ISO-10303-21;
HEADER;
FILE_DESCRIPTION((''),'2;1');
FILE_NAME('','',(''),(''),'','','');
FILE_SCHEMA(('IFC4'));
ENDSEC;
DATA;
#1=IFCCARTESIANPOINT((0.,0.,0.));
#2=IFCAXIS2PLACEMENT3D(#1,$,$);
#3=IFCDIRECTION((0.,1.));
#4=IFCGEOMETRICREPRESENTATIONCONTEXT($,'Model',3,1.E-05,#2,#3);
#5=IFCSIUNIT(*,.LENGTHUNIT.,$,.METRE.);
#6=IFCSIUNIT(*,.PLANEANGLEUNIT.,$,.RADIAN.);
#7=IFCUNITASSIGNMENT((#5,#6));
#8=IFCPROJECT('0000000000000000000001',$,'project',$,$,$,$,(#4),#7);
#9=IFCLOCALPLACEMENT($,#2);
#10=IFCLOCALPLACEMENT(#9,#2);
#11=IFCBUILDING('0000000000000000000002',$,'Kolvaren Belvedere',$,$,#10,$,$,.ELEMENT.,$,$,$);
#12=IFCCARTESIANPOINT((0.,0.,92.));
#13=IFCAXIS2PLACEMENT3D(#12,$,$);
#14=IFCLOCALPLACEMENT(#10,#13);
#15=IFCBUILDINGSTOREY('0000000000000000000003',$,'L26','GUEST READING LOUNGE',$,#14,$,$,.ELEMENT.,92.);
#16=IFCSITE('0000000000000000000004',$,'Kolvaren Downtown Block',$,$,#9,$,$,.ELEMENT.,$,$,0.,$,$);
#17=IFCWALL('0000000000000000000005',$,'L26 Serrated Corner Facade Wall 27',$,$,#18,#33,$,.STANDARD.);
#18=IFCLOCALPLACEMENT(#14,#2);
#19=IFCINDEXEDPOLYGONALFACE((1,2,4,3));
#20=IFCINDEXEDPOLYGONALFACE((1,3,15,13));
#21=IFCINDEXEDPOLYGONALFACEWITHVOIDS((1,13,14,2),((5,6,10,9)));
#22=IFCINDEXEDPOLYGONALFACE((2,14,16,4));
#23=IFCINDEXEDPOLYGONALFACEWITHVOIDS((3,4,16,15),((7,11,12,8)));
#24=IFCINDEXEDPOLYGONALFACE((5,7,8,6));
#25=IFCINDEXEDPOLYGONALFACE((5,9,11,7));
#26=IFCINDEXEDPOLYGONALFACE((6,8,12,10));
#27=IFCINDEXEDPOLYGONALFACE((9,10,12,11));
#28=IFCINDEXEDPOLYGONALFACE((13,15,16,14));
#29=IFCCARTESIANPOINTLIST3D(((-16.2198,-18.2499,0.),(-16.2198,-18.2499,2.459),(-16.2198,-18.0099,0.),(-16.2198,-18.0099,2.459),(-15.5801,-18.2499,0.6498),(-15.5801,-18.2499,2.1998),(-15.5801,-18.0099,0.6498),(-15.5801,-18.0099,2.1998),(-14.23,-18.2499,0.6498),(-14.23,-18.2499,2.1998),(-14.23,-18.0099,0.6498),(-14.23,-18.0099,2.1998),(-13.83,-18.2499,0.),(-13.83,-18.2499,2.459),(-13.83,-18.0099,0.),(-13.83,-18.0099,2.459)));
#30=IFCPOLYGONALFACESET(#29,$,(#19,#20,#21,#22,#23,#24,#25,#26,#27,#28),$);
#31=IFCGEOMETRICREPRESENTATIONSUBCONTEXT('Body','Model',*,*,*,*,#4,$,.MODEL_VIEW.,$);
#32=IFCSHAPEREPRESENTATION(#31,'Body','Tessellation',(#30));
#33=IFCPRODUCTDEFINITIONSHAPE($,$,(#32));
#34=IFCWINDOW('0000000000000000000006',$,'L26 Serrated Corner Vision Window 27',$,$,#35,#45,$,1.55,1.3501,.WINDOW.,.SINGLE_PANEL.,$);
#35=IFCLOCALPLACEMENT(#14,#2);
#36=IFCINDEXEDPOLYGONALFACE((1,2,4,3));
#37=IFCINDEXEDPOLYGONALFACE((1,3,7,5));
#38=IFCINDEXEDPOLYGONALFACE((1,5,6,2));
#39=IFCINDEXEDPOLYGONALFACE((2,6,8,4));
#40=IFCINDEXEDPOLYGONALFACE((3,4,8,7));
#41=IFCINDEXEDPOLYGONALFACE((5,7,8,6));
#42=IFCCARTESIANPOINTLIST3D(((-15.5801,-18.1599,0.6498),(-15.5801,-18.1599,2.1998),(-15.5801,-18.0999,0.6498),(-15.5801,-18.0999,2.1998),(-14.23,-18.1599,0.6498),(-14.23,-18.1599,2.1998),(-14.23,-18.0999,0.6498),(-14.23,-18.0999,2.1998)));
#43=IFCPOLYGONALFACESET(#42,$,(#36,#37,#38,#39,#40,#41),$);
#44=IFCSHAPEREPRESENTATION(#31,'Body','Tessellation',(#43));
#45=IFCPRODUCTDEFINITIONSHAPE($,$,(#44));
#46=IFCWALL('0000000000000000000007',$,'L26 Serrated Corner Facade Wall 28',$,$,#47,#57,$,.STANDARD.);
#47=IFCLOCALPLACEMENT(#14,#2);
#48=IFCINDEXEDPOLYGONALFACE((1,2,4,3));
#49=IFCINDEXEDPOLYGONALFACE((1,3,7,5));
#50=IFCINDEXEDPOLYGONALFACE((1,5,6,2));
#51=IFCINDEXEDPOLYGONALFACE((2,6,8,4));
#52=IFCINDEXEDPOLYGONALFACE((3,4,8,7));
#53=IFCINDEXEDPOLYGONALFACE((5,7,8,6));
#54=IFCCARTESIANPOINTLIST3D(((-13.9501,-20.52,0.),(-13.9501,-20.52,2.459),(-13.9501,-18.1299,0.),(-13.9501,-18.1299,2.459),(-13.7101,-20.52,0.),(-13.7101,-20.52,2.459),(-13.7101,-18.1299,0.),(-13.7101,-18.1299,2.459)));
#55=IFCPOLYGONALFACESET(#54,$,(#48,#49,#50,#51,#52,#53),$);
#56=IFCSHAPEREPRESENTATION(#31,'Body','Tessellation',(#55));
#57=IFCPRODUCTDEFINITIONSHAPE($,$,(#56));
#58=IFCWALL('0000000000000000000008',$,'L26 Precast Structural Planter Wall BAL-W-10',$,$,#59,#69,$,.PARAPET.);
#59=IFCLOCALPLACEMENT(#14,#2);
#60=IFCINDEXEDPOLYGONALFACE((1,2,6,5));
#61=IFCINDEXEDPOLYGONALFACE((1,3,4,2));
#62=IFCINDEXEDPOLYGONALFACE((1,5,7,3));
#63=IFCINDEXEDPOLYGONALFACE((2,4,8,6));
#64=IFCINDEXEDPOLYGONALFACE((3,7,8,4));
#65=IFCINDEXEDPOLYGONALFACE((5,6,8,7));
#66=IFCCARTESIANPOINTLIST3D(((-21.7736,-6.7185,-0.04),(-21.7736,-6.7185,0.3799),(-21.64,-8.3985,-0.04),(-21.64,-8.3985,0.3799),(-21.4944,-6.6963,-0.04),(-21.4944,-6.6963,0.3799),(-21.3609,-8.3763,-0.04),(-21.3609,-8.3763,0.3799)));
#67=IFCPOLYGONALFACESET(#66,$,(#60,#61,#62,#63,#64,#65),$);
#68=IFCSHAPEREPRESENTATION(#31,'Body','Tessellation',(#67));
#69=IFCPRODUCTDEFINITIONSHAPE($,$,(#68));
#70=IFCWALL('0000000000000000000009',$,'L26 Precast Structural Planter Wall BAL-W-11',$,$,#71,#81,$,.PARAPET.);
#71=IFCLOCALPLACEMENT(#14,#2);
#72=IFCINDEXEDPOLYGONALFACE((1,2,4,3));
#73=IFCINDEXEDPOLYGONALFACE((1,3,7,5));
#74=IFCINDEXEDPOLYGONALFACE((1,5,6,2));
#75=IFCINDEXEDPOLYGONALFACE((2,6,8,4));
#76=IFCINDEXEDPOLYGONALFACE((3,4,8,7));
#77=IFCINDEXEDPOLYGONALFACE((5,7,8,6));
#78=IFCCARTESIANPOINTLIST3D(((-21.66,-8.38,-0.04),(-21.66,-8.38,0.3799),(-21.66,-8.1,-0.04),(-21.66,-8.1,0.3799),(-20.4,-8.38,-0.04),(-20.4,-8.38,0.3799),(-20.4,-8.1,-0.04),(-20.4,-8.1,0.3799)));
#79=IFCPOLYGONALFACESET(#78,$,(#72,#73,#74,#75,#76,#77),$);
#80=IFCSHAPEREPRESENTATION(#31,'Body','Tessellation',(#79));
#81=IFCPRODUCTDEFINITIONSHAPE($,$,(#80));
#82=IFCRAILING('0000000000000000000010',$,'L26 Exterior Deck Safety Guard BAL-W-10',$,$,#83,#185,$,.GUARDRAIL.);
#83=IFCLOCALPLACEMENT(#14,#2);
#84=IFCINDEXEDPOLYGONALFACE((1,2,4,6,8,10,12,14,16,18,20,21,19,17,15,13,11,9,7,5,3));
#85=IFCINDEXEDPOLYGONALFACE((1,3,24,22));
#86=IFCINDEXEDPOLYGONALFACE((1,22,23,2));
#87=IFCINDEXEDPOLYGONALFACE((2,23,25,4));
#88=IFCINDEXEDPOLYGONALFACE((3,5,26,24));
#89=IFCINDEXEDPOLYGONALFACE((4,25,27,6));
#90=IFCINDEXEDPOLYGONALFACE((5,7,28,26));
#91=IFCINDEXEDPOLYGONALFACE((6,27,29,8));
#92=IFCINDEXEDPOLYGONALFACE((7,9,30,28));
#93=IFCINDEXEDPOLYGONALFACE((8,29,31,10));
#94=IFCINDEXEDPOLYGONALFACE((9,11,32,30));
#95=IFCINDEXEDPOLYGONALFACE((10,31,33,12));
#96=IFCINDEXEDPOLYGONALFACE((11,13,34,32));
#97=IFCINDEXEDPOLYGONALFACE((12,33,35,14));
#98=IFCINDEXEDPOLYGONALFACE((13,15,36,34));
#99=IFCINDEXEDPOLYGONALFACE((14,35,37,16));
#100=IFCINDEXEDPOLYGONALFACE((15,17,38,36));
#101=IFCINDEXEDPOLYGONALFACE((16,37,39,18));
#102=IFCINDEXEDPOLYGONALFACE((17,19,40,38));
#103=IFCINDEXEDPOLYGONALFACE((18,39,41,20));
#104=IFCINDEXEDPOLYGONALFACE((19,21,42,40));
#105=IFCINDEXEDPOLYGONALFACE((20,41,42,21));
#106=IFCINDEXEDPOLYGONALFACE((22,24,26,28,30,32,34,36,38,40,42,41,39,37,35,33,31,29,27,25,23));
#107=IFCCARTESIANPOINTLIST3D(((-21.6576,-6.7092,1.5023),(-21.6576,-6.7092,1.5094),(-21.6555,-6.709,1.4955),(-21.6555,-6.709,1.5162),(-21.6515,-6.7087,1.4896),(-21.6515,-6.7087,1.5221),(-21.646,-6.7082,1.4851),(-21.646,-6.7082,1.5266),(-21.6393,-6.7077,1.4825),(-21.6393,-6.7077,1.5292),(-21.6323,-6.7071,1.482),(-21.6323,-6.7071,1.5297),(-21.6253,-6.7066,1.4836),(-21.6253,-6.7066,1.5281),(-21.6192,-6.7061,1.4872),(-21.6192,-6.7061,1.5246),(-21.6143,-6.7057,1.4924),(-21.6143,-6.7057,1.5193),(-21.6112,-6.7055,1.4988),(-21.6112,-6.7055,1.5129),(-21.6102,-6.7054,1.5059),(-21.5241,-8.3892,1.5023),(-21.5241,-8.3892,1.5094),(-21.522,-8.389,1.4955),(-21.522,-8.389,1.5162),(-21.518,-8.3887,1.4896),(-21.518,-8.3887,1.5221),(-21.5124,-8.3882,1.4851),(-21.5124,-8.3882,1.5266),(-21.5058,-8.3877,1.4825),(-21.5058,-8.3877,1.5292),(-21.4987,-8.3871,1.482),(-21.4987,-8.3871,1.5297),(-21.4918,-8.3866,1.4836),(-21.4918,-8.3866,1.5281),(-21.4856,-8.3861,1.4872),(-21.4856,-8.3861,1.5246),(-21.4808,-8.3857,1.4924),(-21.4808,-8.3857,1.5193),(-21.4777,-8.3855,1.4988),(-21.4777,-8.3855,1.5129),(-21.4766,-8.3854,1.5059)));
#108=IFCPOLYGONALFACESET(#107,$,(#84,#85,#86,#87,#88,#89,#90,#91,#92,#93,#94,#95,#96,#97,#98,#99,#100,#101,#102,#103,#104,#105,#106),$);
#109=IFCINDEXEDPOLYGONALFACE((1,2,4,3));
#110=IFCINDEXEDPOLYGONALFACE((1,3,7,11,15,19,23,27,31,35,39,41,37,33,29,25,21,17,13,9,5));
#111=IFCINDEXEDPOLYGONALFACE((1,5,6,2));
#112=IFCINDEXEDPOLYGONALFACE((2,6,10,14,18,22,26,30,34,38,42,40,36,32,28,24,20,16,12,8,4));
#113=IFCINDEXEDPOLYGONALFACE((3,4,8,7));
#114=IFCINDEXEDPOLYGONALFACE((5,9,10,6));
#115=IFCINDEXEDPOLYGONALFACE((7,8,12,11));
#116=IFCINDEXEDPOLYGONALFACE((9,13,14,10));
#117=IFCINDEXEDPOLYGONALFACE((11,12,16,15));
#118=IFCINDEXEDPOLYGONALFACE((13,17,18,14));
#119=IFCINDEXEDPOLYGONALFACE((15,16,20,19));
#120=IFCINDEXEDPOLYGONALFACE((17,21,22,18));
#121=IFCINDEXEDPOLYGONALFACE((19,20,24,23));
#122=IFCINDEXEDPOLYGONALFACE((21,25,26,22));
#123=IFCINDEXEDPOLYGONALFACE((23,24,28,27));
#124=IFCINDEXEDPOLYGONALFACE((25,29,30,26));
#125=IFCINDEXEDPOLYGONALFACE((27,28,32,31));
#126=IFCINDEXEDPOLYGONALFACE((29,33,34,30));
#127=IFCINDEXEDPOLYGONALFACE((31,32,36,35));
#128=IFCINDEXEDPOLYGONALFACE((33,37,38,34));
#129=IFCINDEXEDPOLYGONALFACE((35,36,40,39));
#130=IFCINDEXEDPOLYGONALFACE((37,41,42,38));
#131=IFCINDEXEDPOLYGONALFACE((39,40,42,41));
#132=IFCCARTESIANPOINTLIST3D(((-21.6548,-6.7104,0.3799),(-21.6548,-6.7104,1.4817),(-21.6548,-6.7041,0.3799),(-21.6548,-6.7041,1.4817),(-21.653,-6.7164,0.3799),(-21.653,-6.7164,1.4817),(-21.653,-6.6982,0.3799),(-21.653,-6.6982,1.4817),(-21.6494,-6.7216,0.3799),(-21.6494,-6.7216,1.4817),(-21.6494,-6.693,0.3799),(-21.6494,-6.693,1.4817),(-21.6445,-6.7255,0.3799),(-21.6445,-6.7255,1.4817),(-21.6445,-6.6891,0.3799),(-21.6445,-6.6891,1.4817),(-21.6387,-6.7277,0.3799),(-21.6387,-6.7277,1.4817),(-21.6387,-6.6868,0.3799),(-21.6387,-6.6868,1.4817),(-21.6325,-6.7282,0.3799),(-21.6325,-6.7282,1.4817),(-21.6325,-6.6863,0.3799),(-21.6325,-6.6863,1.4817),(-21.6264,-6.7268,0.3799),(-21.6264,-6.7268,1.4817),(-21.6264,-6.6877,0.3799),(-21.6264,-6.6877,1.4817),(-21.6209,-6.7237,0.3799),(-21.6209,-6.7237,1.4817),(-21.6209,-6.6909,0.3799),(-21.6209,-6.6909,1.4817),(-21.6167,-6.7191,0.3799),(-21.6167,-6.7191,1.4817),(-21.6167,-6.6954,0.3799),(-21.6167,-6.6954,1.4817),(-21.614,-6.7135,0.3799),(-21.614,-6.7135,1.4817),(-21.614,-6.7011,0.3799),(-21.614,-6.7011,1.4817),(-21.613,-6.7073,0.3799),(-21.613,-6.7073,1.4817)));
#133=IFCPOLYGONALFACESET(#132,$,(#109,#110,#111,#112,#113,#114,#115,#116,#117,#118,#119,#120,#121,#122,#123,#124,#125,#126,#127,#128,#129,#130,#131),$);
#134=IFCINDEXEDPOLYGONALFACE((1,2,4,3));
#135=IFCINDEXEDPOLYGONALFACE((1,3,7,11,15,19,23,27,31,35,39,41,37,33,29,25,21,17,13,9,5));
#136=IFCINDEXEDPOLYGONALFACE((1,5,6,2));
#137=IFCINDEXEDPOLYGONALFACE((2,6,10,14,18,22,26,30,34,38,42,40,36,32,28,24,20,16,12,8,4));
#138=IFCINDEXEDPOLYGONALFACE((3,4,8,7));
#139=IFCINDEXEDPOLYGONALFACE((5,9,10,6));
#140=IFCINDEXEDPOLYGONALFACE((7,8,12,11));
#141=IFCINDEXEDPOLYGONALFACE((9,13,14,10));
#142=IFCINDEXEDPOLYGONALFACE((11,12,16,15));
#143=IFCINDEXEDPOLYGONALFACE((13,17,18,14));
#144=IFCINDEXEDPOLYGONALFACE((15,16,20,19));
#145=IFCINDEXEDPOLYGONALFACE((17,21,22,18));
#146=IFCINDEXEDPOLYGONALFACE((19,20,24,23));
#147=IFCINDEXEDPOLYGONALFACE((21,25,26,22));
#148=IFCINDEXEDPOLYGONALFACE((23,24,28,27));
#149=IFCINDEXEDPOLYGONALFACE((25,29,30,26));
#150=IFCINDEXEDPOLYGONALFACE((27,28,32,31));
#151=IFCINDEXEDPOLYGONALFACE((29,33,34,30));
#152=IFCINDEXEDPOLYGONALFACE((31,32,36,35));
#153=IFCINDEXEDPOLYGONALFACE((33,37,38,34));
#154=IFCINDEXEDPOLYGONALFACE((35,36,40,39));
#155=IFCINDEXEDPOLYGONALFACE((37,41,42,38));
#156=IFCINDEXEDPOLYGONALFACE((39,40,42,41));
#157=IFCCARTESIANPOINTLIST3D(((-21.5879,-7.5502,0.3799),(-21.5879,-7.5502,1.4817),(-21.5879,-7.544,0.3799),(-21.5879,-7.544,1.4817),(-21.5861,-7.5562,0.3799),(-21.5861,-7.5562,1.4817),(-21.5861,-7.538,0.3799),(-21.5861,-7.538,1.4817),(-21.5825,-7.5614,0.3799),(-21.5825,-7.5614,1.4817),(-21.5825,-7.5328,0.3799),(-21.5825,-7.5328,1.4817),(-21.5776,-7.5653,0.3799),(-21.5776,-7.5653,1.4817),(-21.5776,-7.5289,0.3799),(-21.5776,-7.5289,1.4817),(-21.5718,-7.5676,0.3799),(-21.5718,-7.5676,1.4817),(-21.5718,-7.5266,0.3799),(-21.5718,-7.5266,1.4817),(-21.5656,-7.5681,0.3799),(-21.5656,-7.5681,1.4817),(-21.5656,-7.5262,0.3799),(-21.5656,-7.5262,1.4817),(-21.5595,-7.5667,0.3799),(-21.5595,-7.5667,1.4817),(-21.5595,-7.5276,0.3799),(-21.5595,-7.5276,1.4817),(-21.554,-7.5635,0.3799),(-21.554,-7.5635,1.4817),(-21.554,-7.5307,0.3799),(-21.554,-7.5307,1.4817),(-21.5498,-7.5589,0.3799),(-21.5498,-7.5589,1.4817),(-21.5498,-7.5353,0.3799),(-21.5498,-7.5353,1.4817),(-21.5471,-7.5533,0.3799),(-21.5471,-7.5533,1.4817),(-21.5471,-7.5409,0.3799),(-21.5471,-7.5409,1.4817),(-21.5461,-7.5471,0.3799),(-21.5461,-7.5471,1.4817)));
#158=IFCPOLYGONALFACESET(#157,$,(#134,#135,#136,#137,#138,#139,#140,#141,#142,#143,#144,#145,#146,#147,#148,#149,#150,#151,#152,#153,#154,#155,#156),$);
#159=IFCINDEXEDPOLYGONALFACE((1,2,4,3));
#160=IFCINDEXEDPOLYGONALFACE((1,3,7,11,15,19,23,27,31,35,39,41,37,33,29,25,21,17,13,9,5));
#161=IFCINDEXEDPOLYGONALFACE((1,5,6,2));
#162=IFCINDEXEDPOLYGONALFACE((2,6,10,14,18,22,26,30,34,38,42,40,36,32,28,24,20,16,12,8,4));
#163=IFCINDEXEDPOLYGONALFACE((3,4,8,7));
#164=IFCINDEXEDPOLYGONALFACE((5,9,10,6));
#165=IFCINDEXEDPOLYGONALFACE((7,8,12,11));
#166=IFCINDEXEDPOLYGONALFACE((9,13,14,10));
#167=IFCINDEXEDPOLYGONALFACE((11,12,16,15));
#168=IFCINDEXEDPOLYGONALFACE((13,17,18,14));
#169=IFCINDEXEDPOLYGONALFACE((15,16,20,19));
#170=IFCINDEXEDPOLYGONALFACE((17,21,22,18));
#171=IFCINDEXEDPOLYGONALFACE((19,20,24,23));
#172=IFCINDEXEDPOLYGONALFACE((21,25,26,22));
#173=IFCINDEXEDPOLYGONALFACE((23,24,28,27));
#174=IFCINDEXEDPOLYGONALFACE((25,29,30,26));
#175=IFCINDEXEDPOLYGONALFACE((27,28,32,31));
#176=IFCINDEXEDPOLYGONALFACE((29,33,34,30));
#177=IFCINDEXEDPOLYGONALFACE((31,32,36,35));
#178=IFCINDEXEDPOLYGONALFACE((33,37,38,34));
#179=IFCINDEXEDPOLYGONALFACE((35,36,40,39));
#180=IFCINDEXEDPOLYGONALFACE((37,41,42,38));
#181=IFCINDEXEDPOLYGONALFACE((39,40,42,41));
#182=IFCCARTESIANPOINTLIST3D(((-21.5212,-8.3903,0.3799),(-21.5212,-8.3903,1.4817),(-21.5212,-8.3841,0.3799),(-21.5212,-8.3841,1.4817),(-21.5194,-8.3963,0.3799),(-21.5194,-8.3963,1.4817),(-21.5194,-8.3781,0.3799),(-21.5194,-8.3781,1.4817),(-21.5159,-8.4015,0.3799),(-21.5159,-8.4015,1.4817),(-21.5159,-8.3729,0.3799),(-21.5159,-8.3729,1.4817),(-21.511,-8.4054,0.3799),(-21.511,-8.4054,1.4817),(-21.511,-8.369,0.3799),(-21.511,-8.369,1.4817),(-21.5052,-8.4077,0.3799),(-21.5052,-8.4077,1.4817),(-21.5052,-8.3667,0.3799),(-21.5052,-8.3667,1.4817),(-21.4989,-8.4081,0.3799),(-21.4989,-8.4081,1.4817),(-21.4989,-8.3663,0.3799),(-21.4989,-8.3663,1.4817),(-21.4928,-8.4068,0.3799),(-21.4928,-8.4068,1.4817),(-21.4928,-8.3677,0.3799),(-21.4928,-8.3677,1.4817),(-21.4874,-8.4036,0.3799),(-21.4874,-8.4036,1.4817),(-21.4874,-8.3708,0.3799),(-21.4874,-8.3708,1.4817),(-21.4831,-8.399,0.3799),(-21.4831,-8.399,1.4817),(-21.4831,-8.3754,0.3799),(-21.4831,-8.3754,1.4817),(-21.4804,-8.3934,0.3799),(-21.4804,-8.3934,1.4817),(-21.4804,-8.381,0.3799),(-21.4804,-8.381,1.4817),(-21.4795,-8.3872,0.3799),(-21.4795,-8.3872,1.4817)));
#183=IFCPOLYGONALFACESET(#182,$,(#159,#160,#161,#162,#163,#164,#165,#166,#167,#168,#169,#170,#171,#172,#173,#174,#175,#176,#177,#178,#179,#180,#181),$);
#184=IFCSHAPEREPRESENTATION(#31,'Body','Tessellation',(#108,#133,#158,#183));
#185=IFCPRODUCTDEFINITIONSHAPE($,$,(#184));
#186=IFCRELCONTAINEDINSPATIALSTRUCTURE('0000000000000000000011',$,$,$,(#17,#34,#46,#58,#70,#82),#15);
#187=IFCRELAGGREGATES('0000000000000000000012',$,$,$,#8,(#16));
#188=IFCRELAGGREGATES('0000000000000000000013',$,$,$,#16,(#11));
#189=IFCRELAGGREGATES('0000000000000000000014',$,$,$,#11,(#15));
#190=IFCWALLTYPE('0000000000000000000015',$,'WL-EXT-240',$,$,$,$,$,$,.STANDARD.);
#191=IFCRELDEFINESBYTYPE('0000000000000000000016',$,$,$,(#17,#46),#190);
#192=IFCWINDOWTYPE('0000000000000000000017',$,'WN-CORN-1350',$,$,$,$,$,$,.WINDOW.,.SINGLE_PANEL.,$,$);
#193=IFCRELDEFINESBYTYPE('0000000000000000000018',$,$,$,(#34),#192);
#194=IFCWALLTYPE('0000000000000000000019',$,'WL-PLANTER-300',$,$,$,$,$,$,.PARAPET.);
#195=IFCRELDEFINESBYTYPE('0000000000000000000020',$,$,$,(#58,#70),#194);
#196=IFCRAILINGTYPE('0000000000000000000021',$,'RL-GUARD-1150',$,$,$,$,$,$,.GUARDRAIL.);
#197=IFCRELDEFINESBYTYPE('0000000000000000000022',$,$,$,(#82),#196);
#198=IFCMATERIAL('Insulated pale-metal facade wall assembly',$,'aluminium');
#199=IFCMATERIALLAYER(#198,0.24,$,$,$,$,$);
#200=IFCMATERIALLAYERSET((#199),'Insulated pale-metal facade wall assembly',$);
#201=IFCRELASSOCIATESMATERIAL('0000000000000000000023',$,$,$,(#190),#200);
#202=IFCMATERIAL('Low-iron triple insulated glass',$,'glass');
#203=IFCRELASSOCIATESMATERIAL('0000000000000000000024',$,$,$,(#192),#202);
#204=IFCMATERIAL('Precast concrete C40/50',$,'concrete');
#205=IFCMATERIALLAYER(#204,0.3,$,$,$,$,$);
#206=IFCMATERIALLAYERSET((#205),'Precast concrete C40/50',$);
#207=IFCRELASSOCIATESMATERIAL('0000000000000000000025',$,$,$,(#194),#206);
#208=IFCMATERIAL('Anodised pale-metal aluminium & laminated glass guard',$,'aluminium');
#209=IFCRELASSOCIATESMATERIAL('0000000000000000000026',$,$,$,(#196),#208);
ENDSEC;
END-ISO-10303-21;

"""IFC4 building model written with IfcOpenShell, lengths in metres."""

from ifc_helpers import new_model, si_unit, direction, frame, frame_2d, origin, origin_2d, place, context, subcontext, project, spatial, rectangle, circle, extrude, material, layer, layer_set, type_object, element, fill, save


model = new_model("IFC4")

# Units and contexts
model_context = context("Model", 3, precision=1e-05, world=origin(), true_north=direction((0.0, 1.0)))
body_context = subcontext(model_context, "Body", "Model", "MODEL_VIEW")
ifc_project = project(units=[si_unit("LENGTHUNIT", "METRE"), si_unit("PLANEANGLEUNIT", "RADIAN")], contexts=[model_context])

# Site, building, storey
site_placement = place(None, origin())
site = spatial("IfcSite", under=ifc_project, at=site_placement, Name="Kolvaren Downtown Block", CompositionType="ELEMENT", RefElevation=0.0)
building_placement = place(site_placement, origin())
building = spatial("IfcBuilding", under=site, at=building_placement, Name="Kolvaren Belvedere", CompositionType="ELEMENT")
storey_placement = place(building_placement, frame((0.0, 0.0, 92.0)))
storey = spatial("IfcBuildingStorey", under=building, at=storey_placement, Name="L26", Description="GUEST READING LOUNGE", CompositionType="ELEMENT", Elevation=92.0)

# Shared definitions
ifc_material_1 = material(Name="Insulated pale-metal facade wall assembly", Category="aluminium")
ifc_layer_1 = layer(ifc_material_1, 0.24)
ifc_layer_set_1 = layer_set([ifc_layer_1], Name="Insulated pale-metal facade wall assembly")
wall_type_1 = type_object("IfcWallType", Name="WL-EXT-240", PredefinedType="STANDARD", material=ifc_layer_set_1)

# Wall, opening, window
ifc_material_2 = material(Name="Low-iron triple insulated glass", Category="glass")
window_type_1 = type_object("IfcWindowType", Name="WN-CORN-1350", PartitioningType="SINGLE_PANEL", PredefinedType="WINDOW", material=ifc_material_2)
wall_1_placement = place(storey_placement, frame((-13.8301, -18.1299, 0.0), z_axis=(0.0, 0.0, 1.0), x_axis=(-1.0, 0.0, 0.0)))
wall_1 = element("IfcWall", 1, at=wall_1_placement, inside=storey, type_object=wall_type_1, Name="L26 Serrated Corner Facade Wall 27", PredefinedType="STANDARD", context=body_context, shape_type="SweptSolid", body=[
    extrude(rectangle(XDim=2.3899, YDim=0.24, at=frame_2d((1.1948, 0.0))), origin(), (0.0, 0.0, 1.0), 2.459),
])
opening_1_placement = place(wall_1_placement, frame((0.3999, 0.0, 0.6499)))
opening_1 = element("IfcOpeningElement", 2, at=opening_1_placement, cuts=wall_1, PredefinedType="OPENING", context=body_context, shape_type="SweptSolid", body=[
    extrude(rectangle(XDim=1.3501, YDim=1.55, at=frame_2d((0.675, 0.7749))), frame((0.0, 0.1299, 0.0), z_axis=(0.0, -1.0, 0.0), x_axis=(1.0, 0.0, 0.0)), (0.0, 0.0, 1.0), 0.26),
])
window_1_placement = place(opening_1_placement, origin())
window_1 = element("IfcWindow", 3, at=window_1_placement, inside=storey, type_object=window_type_1, Name="L26 Serrated Corner Vision Window 27", OverallHeight=1.55, OverallWidth=1.3501, PartitioningType="SINGLE_PANEL", PredefinedType="WINDOW", context=body_context, shape_type="SweptSolid", body=[
    extrude(rectangle(XDim=1.3501, YDim=1.55, at=frame_2d((0.675, 0.7749))), frame((0.0, 0.03, 0.0), z_axis=(0.0, -1.0, 0.0), x_axis=(1.0, 0.0, 0.0)), (0.0, 0.0, 1.0), 0.0601),
])
fill(opening_1, window_1)

# Walls
wall_2_placement = place(storey_placement, frame((-13.8301, -20.52, 0.0), z_axis=(0.0, 0.0, 1.0), x_axis=(0.0, 1.0, 0.0)))
element("IfcWall", 4, at=wall_2_placement, inside=storey, type_object=wall_type_1, Name="L26 Serrated Corner Facade Wall 28", PredefinedType="STANDARD", context=body_context, shape_type="SweptSolid", body=[
    extrude(rectangle(XDim=2.3901, YDim=0.24, at=frame_2d((1.1951, 0.0))), origin(), (0.0, 0.0, 1.0), 2.459),
])
ifc_material_3 = material(Name="Precast concrete C40/50", Category="concrete")
ifc_layer_2 = layer(ifc_material_3, 0.3)
ifc_layer_set_2 = layer_set([ifc_layer_2], Name="Precast concrete C40/50")
wall_type_2 = type_object("IfcWallType", Name="WL-PLANTER-300", PredefinedType="PARAPET", material=ifc_layer_set_2)
wall_3_placement = place(storey_placement, frame((-21.634, -6.7073, -0.04), z_axis=(0.0, 0.0, 1.0), x_axis=(0.079244, -0.996855, 0.0)))
element("IfcWall", 5, at=wall_3_placement, inside=storey, type_object=wall_type_2, Name="L26 Precast Structural Planter Wall BAL-W-10", PredefinedType="PARAPET", context=body_context, shape_type="SweptSolid", body=[
    extrude(rectangle(XDim=1.6853, YDim=0.28, at=frame_2d((0.8428, 0.0))), origin(), (0.0, 0.0, 1.0), 0.4199),
])
wall_4_placement = place(storey_placement, frame((-21.6599, -8.24, -0.04), z_axis=(0.0, 0.0, 1.0), x_axis=(1.0, 0.0, 0.0)))
element("IfcWall", 6, at=wall_4_placement, inside=storey, type_object=wall_type_2, Name="L26 Precast Structural Planter Wall BAL-W-11", PredefinedType="PARAPET", context=body_context, shape_type="SweptSolid", body=[
    extrude(rectangle(XDim=1.26, YDim=0.28, at=frame_2d((0.6299, 0.0))), origin(), (0.0, 0.0, 1.0), 0.4199),
])

# Railing
ifc_material_4 = material(Name="Anodised pale-metal aluminium & laminated glass guard", Category="aluminium")
railing_type = type_object("IfcRailingType", Name="RL-GUARD-1150", PredefinedType="GUARDRAIL", material=ifc_material_4)
railing_1_placement = place(storey_placement, frame((-21.634, -6.7073, 0.3799)))
element("IfcRailing", 7, at=railing_1_placement, inside=storey, type_object=railing_type, Name="L26 Exterior Deck Safety Guard BAL-W-10", PredefinedType="GUARDRAIL", context=body_context, shape_type="SweptSolid", body=[
    extrude(circle(Radius=0.0239, at=origin_2d()), frame((0.0, 0.0, 1.126), z_axis=(0.079244, -0.996855, 0.0), x_axis=(0.996855, 0.079244, 0.0)), (0.0, 0.0, 1.0), 1.6853),
    extrude(circle(Radius=0.021, at=origin_2d()), origin(), (0.0, 0.0, 1.0), 1.1018),
    extrude(circle(Radius=0.021, at=origin_2d()), frame((0.0669, -0.8398, 0.0)), (0.0, 0.0, 1.0), 1.1018),
    extrude(circle(Radius=0.021, at=origin_2d()), frame((0.1335, -1.6799, 0.0)), (0.0, 0.0, 1.0), 1.1018),
])

save(model, "model.ifc")
